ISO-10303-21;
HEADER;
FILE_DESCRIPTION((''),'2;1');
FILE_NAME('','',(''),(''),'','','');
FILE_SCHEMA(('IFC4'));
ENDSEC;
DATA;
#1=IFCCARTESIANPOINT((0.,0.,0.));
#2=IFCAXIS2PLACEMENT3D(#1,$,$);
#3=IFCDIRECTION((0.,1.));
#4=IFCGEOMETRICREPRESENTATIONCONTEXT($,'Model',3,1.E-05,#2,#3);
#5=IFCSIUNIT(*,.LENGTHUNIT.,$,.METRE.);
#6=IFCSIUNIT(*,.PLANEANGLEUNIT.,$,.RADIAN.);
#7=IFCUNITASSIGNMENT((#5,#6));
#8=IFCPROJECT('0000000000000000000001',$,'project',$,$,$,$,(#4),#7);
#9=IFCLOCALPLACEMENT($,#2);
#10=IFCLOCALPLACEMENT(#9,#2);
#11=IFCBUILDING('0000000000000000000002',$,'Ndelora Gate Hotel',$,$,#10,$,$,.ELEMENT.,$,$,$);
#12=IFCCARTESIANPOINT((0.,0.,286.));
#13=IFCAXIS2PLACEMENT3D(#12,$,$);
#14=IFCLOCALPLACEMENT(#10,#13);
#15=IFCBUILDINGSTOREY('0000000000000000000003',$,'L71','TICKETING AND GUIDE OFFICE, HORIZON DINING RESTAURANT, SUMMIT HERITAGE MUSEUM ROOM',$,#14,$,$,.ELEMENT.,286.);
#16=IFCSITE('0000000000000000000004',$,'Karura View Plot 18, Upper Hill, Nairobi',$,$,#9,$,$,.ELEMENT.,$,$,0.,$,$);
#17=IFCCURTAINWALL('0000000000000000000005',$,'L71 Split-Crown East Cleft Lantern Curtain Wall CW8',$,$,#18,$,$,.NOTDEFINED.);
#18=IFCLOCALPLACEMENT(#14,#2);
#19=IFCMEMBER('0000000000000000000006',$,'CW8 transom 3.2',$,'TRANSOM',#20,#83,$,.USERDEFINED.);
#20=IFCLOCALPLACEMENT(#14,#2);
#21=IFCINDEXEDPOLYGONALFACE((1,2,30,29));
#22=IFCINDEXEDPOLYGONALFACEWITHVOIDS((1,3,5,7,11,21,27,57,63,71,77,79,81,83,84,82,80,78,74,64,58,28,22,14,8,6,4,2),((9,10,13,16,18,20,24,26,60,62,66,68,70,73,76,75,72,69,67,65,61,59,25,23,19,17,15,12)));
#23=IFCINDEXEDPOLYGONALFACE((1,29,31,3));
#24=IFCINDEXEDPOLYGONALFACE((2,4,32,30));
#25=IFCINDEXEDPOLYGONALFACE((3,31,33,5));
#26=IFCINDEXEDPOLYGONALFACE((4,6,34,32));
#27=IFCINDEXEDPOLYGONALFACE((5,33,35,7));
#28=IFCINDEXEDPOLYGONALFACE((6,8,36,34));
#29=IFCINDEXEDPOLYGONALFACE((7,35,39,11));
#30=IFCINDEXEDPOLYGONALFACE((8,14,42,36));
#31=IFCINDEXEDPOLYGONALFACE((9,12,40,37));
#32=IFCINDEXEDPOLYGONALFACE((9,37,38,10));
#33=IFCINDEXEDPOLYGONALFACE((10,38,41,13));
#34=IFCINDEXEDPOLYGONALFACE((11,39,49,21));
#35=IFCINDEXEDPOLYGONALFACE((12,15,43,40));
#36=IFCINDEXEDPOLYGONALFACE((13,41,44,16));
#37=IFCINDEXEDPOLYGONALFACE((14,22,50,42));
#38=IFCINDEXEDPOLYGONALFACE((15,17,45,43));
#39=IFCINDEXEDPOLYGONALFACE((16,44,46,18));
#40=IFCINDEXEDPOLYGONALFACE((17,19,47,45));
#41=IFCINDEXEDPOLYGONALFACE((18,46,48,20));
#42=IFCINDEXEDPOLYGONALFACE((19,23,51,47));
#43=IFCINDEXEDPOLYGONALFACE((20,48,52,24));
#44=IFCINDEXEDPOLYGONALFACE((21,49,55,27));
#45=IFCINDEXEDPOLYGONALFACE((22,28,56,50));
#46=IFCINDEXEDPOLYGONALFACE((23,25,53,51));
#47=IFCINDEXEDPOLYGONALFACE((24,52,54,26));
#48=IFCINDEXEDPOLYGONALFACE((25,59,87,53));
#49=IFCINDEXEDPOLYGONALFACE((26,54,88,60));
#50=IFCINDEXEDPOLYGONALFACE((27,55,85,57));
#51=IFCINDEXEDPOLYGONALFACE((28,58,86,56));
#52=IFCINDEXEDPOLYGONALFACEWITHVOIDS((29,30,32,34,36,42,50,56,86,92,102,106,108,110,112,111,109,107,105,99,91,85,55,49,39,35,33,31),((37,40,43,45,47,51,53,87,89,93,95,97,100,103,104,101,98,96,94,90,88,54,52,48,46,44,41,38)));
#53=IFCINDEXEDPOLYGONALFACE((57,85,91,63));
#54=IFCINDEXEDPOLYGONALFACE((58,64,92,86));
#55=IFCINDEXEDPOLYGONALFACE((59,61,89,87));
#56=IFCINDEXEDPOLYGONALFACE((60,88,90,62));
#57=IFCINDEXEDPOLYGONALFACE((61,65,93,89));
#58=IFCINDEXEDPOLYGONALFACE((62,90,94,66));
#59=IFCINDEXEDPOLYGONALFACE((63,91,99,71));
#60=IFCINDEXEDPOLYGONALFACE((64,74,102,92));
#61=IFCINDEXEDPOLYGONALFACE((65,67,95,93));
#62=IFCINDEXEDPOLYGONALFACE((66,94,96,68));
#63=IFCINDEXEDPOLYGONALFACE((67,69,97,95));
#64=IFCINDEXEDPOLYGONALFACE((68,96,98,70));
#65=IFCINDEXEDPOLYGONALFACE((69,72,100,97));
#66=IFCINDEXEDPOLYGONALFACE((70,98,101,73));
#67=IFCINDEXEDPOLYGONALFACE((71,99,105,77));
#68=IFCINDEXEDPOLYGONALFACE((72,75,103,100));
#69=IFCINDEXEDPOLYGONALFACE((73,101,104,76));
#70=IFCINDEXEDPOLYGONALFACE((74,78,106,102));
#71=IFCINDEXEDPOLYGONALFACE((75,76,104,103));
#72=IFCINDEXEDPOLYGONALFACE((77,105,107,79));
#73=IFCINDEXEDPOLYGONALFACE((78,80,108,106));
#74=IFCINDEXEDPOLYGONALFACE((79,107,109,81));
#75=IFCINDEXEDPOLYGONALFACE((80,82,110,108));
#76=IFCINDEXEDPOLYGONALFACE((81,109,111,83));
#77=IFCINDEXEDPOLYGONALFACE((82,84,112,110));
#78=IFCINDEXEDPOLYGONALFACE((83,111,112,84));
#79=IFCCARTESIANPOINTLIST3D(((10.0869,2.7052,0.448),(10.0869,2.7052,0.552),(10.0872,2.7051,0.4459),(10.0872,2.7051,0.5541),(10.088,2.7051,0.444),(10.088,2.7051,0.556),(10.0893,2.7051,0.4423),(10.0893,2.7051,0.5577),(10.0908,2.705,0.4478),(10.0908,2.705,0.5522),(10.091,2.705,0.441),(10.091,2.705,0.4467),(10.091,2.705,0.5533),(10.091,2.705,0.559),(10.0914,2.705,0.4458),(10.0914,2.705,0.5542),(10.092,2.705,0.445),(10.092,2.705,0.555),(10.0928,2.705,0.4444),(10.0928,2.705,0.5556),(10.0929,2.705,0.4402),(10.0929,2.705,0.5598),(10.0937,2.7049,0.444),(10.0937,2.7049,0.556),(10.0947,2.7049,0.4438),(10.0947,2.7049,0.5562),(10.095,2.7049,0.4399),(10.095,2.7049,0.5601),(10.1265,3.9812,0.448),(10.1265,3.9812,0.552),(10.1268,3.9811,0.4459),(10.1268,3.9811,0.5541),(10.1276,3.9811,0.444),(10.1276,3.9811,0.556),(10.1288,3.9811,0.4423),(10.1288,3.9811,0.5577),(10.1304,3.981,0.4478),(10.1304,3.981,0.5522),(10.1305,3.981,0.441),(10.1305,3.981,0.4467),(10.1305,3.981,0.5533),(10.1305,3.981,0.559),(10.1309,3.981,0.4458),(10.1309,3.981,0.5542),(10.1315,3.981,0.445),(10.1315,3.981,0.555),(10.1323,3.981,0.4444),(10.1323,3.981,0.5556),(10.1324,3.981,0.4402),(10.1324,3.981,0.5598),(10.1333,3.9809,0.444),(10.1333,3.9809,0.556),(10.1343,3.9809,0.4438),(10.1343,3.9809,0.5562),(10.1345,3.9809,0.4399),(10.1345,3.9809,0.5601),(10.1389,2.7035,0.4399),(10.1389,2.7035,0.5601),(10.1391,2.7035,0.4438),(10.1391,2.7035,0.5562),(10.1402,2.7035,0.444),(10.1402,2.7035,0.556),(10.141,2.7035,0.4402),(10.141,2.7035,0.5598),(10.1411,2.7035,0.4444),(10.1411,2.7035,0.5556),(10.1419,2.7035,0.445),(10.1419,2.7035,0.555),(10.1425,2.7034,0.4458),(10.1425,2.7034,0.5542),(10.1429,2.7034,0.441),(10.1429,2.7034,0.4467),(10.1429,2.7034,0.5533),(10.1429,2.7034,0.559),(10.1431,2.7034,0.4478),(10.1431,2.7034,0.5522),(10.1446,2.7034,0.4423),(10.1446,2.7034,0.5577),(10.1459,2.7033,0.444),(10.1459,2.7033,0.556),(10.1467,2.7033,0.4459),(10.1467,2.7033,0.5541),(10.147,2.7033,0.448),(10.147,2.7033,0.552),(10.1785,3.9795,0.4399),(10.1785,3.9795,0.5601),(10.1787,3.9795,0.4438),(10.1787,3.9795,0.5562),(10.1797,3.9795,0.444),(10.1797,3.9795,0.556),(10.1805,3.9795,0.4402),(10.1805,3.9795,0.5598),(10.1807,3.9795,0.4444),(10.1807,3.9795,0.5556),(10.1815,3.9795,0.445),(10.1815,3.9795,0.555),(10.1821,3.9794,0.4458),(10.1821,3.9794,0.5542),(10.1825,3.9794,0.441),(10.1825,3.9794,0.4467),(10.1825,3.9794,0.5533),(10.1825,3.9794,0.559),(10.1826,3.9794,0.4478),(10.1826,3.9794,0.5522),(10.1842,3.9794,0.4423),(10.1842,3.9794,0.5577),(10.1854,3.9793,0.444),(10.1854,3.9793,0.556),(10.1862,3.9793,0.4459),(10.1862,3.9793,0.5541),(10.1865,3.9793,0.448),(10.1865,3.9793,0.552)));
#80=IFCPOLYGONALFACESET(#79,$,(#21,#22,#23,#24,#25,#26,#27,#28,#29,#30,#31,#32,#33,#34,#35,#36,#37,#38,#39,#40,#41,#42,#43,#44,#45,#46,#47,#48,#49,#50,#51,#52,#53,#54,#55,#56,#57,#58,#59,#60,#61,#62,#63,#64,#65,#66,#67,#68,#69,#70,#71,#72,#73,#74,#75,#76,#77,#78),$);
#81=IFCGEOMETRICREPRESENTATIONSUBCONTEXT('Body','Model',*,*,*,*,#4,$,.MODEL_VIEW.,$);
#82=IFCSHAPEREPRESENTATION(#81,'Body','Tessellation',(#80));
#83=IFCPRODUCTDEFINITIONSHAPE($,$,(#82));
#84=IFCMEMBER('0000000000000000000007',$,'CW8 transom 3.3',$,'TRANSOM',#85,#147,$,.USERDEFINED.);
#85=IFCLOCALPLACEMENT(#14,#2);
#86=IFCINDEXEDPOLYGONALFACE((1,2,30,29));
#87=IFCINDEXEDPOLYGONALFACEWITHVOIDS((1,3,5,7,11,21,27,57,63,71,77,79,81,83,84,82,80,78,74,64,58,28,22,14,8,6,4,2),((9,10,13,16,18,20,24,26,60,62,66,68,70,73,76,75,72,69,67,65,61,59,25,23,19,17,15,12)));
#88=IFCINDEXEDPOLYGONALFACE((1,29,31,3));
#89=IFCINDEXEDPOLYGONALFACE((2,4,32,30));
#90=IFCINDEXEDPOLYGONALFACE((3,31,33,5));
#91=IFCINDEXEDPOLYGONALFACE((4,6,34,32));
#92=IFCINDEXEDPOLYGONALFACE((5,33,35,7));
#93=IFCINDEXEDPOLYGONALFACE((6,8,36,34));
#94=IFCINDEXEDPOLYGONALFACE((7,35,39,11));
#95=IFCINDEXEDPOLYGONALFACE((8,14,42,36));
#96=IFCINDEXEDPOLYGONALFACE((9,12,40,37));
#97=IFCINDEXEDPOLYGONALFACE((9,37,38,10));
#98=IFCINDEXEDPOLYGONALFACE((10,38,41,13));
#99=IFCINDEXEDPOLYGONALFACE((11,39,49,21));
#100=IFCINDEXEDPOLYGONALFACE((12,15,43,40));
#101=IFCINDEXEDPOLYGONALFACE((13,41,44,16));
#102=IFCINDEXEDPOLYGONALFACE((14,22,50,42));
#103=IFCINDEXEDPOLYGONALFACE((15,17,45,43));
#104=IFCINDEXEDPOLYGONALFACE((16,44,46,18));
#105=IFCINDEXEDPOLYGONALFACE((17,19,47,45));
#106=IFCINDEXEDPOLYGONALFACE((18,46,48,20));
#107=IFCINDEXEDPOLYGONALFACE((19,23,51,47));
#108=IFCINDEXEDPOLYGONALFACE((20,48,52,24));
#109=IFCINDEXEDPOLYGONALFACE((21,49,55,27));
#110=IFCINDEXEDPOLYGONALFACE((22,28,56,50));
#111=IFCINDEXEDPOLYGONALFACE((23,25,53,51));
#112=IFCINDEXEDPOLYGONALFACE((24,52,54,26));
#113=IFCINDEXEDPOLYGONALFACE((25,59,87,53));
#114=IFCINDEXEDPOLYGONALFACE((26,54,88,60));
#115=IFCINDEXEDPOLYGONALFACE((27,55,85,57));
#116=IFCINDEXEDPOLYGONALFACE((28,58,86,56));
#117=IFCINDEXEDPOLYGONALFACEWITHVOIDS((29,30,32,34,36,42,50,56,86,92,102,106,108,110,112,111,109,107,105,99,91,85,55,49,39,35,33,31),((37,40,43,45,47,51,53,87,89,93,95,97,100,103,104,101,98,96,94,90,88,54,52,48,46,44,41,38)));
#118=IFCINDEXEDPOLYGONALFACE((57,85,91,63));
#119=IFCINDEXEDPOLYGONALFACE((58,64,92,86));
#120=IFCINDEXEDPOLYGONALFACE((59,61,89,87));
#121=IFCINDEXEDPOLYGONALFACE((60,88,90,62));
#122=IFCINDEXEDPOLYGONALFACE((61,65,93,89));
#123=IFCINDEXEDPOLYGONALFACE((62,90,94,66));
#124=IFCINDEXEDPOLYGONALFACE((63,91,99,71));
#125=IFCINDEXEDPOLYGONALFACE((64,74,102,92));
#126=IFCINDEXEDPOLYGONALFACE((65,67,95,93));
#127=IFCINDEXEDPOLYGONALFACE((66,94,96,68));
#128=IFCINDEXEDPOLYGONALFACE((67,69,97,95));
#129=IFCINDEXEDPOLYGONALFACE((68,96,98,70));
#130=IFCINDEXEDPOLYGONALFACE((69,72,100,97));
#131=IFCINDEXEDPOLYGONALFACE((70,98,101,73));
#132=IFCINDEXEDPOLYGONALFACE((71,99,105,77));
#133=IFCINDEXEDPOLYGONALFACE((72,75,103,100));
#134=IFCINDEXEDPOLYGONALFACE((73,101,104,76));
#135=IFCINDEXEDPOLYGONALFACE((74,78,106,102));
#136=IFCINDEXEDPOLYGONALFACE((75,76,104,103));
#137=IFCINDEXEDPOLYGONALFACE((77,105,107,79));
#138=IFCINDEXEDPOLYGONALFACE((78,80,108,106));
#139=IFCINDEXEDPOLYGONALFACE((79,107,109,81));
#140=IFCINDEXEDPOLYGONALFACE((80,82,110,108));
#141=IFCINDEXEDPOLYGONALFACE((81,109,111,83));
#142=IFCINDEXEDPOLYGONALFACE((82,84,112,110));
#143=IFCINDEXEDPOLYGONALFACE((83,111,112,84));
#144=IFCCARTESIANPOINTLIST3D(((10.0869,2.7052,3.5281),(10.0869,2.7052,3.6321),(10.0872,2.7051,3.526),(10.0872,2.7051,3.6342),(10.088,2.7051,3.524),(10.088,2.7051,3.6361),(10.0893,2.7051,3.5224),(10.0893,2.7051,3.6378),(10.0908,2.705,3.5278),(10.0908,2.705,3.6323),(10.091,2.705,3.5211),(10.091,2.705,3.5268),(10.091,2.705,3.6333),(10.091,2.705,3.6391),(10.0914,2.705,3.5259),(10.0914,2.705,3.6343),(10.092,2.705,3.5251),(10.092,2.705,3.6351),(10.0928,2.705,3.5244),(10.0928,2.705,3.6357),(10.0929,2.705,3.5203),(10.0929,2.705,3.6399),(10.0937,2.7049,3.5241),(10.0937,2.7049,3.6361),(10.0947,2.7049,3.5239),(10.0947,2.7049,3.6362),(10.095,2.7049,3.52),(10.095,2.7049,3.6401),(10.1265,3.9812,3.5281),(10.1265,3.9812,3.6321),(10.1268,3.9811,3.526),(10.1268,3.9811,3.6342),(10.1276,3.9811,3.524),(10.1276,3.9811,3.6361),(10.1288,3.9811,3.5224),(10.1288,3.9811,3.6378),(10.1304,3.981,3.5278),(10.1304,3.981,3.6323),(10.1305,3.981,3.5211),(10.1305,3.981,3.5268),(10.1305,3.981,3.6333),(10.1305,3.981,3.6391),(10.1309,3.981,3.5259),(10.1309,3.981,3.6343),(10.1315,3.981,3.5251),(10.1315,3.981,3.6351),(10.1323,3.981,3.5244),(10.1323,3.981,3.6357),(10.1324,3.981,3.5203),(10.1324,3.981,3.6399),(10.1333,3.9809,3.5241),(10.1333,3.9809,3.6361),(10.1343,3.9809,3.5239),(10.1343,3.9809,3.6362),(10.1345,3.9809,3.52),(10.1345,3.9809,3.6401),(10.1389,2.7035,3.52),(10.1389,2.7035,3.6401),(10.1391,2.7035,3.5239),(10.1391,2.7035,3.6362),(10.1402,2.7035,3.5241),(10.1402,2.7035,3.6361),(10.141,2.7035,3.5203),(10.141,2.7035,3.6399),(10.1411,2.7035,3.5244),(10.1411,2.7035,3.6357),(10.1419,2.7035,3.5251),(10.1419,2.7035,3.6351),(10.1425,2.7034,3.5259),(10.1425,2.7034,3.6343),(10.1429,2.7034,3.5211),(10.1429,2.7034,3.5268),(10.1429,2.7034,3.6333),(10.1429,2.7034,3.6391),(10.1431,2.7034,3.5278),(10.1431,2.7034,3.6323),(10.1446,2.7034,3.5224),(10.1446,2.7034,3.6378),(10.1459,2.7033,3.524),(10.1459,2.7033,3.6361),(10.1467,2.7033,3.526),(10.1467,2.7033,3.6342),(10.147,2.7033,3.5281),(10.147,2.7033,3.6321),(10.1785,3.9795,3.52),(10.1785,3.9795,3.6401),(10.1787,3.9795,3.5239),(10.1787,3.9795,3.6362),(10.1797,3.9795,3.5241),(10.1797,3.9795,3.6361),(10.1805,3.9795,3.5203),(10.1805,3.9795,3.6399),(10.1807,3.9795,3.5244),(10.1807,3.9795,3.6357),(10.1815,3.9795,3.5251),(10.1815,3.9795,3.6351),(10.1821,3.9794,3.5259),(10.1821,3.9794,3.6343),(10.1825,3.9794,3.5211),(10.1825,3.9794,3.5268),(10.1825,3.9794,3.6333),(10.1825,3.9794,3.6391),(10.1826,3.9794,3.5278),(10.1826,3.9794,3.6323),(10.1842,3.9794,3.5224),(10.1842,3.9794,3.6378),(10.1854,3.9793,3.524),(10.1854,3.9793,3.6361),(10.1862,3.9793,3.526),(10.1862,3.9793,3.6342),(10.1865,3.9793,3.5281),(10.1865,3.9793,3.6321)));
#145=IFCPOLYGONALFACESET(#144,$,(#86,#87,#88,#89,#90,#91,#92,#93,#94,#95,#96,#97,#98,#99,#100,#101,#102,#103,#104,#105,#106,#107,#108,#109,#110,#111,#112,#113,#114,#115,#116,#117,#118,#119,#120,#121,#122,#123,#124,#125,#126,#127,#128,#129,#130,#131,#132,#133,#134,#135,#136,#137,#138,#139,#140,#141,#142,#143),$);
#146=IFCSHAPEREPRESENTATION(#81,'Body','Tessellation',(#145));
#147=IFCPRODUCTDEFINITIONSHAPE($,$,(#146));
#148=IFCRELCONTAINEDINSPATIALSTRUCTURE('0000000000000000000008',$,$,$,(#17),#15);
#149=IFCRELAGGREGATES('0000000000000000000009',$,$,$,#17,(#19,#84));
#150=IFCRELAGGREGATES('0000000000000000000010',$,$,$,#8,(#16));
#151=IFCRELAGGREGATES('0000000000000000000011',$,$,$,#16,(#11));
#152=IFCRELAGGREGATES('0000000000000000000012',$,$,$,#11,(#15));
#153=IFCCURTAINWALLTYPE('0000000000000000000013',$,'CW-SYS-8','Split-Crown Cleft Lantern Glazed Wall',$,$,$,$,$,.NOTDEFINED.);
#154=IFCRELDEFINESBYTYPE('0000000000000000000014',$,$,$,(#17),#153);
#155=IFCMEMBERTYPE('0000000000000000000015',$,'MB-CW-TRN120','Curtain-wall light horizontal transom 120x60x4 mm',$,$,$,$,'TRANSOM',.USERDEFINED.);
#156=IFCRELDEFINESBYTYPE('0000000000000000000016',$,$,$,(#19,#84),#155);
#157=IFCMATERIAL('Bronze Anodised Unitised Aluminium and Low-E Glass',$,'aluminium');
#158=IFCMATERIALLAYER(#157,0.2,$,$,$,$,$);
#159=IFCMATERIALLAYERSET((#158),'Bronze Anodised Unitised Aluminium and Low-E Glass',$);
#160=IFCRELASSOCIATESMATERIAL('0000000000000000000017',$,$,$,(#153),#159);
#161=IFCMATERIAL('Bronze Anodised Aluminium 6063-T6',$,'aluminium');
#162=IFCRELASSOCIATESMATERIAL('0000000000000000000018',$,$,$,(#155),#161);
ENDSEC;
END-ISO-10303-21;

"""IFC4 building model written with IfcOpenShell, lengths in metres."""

from ifc_helpers import new_model, si_unit, direction, frame, origin, origin_2d, place, context, subcontext, project, spatial, hollow_rectangle, extrude, material, layer, layer_set, material_profile, profile_set, type_object, element, aggregate, save


model = new_model("IFC4")

# Units and contexts
model_context = context("Model", 3, precision=1e-05, world=origin(), true_north=direction((0.0, 1.0)))
body_context = subcontext(model_context, "Body", "Model", "MODEL_VIEW")
ifc_project = project(units=[si_unit("LENGTHUNIT", "METRE"), si_unit("PLANEANGLEUNIT", "RADIAN")], contexts=[model_context])

# Site, building, storey
site_placement = place(None, origin())
site = spatial("IfcSite", under=ifc_project, at=site_placement, Name="Karura View Plot 18, Upper Hill, Nairobi", CompositionType="ELEMENT", RefElevation=0.0)
building_placement = place(site_placement, origin())
building = spatial("IfcBuilding", under=site, at=building_placement, Name="Ndelora Gate Hotel", CompositionType="ELEMENT")
storey_placement = place(building_placement, frame((0.0, 0.0, 286.0)))
storey = spatial("IfcBuildingStorey", under=building, at=storey_placement, Name="L71", Description="TICKETING AND GUIDE OFFICE, HORIZON DINING RESTAURANT, SUMMIT HERITAGE MUSEUM ROOM", CompositionType="ELEMENT", Elevation=286.0)

# Curtain wall
ifc_material_1 = material(Name="Bronze Anodised Unitised Aluminium and Low-E Glass", Category="aluminium")
ifc_layer_1 = layer(ifc_material_1, 0.2)
ifc_layer_set_1 = layer_set([ifc_layer_1], Name="Bronze Anodised Unitised Aluminium and Low-E Glass")
curtain_wall_type = type_object("IfcCurtainWallType", Name="CW-SYS-8", Description="Split-Crown Cleft Lantern Glazed Wall", PredefinedType="NOTDEFINED", material=ifc_layer_set_1)
ifc_material_2 = material(Name="Bronze Anodised Aluminium 6063-T6", Category="aluminium")
curtain_wall_1_placement = place(storey_placement, origin())
curtain_wall_1 = element("IfcCurtainWall", 1, at=curtain_wall_1_placement, inside=storey, type_object=curtain_wall_type, Name="L71 Split-Crown East Cleft Lantern Curtain Wall CW8", PredefinedType="NOTDEFINED")

# Members
ifc_material_profile_1 = material_profile(ifc_material_2, hollow_rectangle(XDim=0.0601, YDim=0.1201, WallThickness=0.0039, InnerFilletRadius=0.0039, OuterFilletRadius=0.0081, at=origin_2d()), Name="ALU 120x60x4")
ifc_profile_set_1 = profile_set([ifc_material_profile_1], Name="Bronze Anodised Aluminium 6063-T6")
member_type_1 = type_object("IfcMemberType", Name="MB-CW-TRN120", Description="Curtain-wall light horizontal transom 120x60x4 mm", ElementType="TRANSOM", PredefinedType="USERDEFINED", material=ifc_profile_set_1)
member_1_placement = place(storey_placement, frame((10.1565, 3.9802, 0.5), z_axis=(-0.030984, -0.99952, 0.0), x_axis=(0.99952, -0.030984, 0.0)))
member_1 = element("IfcMember", 2, at=member_1_placement, type_object=member_type_1, Name="CW8 transom 3.2", ObjectType="TRANSOM", PredefinedType="USERDEFINED", context=body_context, shape_type="SweptSolid", body=[
    extrude(hollow_rectangle(XDim=0.0601, YDim=0.1201, WallThickness=0.0039, InnerFilletRadius=0.0039, OuterFilletRadius=0.0081, at=origin_2d()), origin(), (0.0, 0.0, 1.0), 1.2766),
])
member_2_placement = place(storey_placement, frame((10.1565, 3.9802, 3.5801), z_axis=(-0.030984, -0.99952, 0.0), x_axis=(0.99952, -0.030984, 0.0)))
member_2 = element("IfcMember", 3, at=member_2_placement, type_object=member_type_1, Name="CW8 transom 3.3", ObjectType="TRANSOM", PredefinedType="USERDEFINED", context=body_context, shape_type="SweptSolid", body=[
    extrude(hollow_rectangle(XDim=0.0601, YDim=0.1201, WallThickness=0.0039, InnerFilletRadius=0.0039, OuterFilletRadius=0.0081, at=origin_2d()), origin(), (0.0, 0.0, 1.0), 1.2766),
])

aggregate(curtain_wall_1, [member_1, member_2])

save(model, "model.ifc")
